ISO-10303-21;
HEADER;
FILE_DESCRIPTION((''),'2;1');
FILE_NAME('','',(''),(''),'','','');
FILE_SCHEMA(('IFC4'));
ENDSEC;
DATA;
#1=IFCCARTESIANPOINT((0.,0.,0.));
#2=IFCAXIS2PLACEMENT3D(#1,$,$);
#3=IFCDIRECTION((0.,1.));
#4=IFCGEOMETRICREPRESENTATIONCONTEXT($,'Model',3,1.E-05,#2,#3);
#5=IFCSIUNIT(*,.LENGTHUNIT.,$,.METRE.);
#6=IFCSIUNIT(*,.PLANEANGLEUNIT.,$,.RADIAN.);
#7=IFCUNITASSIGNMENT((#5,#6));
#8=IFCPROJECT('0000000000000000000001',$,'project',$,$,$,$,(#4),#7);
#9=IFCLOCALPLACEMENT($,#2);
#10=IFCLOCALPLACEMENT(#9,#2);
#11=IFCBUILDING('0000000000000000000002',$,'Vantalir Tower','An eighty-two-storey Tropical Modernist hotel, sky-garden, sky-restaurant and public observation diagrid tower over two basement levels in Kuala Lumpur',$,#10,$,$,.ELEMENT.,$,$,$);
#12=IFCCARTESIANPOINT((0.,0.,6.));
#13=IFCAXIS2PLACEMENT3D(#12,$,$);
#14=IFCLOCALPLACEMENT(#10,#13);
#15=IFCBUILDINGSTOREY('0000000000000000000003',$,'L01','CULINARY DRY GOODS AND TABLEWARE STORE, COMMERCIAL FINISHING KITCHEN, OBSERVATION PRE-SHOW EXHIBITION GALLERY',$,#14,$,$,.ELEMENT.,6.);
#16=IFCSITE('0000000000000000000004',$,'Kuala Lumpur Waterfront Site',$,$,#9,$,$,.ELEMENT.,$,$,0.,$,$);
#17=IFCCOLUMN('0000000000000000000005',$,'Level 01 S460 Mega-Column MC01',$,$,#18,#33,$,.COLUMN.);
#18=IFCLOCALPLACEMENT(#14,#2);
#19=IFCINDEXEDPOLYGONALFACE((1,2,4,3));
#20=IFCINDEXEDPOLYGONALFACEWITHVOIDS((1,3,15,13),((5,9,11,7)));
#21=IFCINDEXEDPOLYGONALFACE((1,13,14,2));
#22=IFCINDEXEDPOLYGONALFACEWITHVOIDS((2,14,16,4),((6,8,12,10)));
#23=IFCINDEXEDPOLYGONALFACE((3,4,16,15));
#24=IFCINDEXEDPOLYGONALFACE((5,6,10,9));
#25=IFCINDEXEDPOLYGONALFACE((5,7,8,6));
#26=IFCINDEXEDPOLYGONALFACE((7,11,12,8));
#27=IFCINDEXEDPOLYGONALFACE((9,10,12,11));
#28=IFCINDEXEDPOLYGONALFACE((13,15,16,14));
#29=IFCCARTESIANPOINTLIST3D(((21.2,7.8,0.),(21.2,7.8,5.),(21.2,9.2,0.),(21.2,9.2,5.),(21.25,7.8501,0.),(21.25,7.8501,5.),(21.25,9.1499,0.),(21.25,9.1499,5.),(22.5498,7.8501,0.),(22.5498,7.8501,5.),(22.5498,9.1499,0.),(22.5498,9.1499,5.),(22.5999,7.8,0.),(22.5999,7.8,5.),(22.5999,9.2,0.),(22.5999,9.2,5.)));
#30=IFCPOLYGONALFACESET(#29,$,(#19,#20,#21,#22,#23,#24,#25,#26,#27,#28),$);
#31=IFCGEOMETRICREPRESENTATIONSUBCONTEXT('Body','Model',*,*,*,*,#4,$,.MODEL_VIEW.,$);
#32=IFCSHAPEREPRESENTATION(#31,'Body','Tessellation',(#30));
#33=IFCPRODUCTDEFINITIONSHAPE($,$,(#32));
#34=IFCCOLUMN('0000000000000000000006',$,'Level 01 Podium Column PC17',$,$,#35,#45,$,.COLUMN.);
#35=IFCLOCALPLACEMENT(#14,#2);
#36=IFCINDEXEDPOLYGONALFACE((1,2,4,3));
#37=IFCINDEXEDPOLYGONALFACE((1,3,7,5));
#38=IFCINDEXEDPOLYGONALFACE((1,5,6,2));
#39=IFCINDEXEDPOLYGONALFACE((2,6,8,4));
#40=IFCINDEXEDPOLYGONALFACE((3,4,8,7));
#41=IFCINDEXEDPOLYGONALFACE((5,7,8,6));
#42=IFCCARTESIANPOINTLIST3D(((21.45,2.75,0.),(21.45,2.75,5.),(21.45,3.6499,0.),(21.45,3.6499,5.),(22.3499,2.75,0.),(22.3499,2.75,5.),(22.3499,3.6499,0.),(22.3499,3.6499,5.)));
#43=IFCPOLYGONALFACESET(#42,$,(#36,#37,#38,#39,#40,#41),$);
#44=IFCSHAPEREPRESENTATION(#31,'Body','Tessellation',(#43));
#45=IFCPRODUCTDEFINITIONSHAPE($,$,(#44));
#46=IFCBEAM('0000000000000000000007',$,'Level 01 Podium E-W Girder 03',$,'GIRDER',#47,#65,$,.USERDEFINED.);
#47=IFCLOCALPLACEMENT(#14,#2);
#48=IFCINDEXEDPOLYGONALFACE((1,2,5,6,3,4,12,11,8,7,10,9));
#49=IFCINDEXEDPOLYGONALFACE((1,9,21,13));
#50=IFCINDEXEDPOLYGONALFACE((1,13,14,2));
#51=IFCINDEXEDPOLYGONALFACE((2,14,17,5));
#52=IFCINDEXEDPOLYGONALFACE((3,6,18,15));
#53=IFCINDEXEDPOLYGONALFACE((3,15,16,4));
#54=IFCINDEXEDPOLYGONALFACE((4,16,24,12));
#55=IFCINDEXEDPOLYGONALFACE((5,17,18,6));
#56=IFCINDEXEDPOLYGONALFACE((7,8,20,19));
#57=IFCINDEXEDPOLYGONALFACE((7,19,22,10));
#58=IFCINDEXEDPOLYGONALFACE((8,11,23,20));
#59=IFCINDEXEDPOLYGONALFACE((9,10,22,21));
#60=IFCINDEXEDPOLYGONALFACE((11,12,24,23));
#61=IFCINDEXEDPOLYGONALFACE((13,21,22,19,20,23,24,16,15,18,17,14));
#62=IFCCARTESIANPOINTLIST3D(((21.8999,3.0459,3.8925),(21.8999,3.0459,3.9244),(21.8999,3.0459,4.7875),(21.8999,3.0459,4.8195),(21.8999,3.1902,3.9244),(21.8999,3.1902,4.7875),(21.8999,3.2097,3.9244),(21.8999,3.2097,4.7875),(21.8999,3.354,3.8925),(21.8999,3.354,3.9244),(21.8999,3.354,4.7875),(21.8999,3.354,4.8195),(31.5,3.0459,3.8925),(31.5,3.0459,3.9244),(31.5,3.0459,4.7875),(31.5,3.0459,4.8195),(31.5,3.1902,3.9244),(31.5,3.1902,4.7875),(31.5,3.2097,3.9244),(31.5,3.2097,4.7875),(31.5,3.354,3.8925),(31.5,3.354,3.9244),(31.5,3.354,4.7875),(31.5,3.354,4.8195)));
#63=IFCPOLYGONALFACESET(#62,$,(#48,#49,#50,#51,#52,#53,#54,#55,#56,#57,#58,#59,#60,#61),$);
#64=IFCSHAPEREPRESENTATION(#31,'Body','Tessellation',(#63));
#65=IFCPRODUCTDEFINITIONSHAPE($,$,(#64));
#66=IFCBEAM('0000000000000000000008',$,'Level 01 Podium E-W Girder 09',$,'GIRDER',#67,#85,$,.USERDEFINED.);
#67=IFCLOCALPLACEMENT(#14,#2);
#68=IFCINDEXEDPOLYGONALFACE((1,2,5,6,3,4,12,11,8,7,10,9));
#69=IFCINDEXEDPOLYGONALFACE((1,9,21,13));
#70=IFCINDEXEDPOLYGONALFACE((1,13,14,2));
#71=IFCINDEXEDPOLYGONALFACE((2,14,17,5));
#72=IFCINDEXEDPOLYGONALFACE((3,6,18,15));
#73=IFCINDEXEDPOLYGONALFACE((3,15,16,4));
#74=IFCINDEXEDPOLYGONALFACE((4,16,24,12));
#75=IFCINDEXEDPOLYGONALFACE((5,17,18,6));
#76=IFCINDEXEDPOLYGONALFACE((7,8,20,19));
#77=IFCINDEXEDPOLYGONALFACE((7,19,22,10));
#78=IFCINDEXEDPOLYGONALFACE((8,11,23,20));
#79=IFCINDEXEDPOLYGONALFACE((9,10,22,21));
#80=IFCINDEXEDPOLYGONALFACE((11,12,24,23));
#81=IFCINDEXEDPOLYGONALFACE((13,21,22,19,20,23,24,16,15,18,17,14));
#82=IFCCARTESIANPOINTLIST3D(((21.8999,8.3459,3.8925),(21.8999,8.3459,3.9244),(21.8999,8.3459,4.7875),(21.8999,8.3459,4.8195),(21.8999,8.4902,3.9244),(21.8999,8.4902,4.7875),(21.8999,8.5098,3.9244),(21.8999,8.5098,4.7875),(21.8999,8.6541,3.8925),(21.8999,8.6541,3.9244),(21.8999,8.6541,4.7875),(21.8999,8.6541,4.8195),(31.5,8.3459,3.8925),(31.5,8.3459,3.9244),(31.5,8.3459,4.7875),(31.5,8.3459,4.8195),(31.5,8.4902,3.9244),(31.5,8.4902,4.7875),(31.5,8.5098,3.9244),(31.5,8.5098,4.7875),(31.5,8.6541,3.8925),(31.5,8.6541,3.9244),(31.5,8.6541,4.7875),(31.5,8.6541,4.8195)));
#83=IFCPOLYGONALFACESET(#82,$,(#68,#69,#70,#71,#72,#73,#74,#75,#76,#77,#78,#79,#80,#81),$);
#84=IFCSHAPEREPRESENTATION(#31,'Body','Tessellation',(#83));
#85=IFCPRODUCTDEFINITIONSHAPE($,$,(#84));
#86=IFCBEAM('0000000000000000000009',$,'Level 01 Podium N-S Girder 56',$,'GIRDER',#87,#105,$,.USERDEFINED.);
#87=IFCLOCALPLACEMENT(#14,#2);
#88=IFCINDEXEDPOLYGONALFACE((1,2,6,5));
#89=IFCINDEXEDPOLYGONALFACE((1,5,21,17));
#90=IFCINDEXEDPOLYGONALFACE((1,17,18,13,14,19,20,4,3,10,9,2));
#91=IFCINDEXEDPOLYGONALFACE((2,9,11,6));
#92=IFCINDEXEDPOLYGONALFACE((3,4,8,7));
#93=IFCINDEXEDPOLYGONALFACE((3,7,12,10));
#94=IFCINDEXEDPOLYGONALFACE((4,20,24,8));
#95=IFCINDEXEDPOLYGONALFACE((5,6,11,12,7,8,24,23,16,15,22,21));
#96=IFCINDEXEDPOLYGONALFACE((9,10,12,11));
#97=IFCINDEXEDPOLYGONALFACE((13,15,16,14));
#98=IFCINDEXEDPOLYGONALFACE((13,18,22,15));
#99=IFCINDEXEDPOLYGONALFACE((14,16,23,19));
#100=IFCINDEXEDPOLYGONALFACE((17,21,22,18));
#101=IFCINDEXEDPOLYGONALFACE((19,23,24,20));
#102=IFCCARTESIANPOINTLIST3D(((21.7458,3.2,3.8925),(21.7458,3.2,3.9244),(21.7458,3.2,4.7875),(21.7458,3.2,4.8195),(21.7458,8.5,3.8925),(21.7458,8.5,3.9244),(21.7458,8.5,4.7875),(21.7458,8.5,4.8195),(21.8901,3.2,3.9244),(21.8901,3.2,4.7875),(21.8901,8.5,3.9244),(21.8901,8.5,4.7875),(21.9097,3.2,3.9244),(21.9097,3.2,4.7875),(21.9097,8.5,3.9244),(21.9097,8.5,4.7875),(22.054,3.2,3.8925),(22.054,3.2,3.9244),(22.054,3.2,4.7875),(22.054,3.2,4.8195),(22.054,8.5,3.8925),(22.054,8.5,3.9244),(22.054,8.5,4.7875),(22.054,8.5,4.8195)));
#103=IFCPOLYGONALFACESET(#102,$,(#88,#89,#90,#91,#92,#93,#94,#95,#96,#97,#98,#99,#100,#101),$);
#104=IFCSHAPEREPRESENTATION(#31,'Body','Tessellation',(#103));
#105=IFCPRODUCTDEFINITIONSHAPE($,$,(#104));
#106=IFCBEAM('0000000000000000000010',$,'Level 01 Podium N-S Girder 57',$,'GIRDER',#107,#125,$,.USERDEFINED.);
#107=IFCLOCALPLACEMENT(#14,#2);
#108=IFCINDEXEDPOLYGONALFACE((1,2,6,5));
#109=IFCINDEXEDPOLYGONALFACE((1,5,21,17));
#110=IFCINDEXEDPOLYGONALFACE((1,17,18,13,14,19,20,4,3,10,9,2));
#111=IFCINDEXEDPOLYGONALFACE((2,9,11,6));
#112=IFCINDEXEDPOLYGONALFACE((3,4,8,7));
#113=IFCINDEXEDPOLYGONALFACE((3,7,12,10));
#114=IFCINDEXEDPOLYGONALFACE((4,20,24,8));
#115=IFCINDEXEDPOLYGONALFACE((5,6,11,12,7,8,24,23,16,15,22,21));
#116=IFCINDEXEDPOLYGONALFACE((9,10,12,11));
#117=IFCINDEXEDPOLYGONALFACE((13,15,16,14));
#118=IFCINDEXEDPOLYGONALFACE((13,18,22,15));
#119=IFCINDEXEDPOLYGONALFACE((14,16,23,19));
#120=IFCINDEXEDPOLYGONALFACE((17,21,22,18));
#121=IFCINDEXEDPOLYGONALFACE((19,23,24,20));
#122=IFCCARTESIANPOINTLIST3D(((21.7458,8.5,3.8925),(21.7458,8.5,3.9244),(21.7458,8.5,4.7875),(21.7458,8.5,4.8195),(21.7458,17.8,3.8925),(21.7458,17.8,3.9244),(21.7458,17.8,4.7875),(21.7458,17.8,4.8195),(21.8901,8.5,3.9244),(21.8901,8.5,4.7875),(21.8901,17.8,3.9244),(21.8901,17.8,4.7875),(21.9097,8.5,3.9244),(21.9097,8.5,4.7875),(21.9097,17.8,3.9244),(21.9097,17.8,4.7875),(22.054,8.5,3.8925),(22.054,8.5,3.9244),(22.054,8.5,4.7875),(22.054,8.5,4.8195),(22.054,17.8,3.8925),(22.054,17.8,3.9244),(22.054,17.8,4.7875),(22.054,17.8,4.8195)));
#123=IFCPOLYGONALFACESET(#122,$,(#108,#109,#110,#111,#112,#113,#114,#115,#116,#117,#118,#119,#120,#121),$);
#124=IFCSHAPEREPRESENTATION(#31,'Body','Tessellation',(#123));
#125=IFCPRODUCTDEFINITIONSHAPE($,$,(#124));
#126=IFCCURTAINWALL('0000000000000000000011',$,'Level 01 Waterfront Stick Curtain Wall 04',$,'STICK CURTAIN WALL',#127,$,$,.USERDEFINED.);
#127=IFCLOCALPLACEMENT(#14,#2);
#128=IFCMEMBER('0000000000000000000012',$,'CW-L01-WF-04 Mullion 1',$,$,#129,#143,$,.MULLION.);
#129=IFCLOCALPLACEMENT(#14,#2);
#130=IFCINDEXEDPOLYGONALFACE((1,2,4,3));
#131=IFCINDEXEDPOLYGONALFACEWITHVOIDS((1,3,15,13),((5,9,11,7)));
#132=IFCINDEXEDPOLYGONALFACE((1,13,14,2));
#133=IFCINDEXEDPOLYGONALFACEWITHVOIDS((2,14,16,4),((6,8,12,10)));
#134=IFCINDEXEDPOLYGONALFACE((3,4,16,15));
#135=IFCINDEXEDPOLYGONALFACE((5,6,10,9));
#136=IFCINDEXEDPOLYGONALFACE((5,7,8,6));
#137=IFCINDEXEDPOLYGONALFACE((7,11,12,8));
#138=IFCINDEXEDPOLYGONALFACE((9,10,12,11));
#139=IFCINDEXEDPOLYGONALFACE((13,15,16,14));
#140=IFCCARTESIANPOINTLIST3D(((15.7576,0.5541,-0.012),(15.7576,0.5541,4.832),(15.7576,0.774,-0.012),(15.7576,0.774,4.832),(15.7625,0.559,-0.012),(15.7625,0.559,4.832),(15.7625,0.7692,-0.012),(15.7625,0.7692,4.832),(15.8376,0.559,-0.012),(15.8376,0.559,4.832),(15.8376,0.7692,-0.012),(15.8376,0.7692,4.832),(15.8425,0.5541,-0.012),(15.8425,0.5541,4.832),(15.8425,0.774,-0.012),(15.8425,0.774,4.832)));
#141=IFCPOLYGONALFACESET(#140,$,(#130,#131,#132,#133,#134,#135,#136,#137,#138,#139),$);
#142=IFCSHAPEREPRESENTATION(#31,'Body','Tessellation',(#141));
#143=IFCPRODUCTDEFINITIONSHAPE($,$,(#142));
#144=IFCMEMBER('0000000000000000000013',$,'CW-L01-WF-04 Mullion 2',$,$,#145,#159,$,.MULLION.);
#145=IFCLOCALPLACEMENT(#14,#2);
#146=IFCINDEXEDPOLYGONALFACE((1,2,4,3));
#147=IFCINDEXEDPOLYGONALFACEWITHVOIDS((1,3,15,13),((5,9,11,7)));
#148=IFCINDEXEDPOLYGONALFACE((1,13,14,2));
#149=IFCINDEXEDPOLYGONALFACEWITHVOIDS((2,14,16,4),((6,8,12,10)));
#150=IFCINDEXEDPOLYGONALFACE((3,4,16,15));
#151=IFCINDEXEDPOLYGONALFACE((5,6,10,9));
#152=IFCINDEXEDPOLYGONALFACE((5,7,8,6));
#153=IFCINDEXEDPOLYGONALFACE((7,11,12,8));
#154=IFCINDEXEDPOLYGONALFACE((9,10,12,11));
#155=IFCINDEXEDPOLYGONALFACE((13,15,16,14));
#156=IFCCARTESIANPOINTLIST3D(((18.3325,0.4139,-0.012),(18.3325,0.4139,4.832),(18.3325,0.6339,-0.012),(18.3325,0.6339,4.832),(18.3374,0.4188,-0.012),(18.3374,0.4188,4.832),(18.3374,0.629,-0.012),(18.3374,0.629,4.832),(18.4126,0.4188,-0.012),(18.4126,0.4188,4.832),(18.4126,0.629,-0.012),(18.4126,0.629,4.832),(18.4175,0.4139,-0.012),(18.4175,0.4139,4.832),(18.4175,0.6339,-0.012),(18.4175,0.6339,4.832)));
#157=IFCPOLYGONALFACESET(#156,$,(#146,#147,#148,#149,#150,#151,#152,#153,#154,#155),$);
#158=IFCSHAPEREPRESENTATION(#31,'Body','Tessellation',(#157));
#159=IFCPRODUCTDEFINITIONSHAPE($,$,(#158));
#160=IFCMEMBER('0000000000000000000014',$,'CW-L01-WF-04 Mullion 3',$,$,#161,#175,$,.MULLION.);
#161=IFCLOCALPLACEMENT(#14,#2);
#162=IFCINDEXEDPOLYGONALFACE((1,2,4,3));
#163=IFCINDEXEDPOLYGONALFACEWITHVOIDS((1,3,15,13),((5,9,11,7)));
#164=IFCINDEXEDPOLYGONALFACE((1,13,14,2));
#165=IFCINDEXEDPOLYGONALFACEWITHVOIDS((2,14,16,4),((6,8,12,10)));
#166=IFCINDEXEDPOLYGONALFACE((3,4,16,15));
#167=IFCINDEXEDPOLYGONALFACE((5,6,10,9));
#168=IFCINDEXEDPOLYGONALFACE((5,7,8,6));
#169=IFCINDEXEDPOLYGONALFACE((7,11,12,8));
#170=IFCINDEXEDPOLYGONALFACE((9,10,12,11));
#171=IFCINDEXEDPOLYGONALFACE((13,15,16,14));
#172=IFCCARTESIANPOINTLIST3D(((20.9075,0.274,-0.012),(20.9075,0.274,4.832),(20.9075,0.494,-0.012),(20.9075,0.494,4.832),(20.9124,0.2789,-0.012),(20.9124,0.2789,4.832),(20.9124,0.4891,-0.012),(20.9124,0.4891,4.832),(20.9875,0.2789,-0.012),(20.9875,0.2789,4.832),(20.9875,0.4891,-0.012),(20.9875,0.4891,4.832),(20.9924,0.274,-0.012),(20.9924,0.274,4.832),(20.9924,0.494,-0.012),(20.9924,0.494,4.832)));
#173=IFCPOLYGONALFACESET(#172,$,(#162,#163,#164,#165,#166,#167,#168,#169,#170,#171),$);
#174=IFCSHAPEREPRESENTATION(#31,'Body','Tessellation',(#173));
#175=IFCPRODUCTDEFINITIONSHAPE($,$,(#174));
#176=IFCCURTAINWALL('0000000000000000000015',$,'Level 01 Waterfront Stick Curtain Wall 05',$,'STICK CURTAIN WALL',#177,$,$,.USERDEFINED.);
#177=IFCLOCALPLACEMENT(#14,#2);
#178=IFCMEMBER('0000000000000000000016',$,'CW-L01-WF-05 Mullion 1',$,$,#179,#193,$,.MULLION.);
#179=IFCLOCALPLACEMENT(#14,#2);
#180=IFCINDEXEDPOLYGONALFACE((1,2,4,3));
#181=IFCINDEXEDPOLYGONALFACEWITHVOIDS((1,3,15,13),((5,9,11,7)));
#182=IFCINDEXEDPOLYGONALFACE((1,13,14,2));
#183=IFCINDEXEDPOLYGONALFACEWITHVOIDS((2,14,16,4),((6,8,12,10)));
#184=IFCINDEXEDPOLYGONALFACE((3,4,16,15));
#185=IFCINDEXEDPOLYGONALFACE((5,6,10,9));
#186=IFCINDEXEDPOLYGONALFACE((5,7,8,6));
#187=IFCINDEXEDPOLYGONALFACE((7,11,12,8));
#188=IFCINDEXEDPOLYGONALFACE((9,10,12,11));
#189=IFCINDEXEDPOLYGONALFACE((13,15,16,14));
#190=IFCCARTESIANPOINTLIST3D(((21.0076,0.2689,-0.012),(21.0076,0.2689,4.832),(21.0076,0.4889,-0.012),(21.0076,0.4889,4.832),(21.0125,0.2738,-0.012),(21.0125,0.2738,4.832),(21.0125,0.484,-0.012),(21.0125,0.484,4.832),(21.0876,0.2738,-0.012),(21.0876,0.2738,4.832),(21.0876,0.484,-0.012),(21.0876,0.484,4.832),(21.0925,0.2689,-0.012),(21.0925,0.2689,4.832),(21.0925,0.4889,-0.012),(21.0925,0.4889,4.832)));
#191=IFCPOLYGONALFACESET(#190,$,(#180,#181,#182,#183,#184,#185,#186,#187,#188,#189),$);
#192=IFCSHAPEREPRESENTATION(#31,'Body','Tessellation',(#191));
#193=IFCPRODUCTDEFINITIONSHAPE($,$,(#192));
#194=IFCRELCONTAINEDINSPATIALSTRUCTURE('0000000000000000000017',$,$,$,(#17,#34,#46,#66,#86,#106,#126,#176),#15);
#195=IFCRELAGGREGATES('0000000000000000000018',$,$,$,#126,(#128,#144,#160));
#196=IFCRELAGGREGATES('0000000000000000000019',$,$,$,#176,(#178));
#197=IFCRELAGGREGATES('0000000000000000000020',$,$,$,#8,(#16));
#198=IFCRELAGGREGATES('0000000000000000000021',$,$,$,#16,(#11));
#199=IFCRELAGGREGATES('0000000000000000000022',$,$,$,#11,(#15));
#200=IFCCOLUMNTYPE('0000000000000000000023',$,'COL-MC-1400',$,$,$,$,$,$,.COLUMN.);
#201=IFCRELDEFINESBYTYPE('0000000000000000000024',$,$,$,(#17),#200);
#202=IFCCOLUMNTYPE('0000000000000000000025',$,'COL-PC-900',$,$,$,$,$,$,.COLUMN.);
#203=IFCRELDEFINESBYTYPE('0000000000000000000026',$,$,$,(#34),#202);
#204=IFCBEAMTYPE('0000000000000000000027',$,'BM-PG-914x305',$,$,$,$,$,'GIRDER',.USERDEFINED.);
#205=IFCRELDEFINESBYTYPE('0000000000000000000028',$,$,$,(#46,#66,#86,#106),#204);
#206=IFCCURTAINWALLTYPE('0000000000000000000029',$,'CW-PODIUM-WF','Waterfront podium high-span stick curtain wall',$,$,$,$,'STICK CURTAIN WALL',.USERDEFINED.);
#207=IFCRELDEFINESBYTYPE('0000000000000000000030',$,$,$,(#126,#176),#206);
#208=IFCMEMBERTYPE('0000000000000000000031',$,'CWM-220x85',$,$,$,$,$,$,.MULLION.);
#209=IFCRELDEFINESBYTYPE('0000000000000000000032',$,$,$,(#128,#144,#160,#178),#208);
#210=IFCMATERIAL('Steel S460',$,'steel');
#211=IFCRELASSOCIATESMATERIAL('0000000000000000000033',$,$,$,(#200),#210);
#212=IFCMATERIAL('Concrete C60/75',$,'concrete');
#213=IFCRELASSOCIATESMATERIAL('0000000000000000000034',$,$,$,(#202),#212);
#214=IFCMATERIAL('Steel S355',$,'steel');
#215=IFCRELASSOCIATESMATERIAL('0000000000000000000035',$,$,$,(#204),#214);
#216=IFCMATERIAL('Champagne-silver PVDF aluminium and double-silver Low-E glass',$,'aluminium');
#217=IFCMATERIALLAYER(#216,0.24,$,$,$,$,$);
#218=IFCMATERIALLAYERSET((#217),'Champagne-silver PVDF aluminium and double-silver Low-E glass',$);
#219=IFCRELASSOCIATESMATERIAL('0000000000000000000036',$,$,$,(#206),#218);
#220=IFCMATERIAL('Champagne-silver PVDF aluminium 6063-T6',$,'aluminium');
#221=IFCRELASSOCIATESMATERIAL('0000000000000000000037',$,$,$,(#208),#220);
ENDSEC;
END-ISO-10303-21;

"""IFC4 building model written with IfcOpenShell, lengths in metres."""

from ifc_helpers import new_model, si_unit, direction, frame, origin, origin_2d, place, context, subcontext, project, spatial, rectangle, hollow_rectangle, i_section, extrude, material, layer, layer_set, material_profile, profile_set, type_object, element, aggregate, save


model = new_model("IFC4")

# Units and contexts
model_context = context("Model", 3, precision=1e-05, world=origin(), true_north=direction((0.0, 1.0)))
body_context = subcontext(model_context, "Body", "Model", "MODEL_VIEW")
ifc_project = project(units=[si_unit("LENGTHUNIT", "METRE"), si_unit("PLANEANGLEUNIT", "RADIAN")], contexts=[model_context])

# Site, building, storey
site_placement = place(None, origin())
site = spatial("IfcSite", under=ifc_project, at=site_placement, Name="Kuala Lumpur Waterfront Site", CompositionType="ELEMENT", RefElevation=0.0)
building_placement = place(site_placement, origin())
building = spatial("IfcBuilding", under=site, at=building_placement, Name="Vantalir Tower", Description="An eighty-two-storey Tropical Modernist hotel, sky-garden, sky-restaurant and public observation diagrid tower over two basement levels in Kuala Lumpur", CompositionType="ELEMENT")
storey_placement = place(building_placement, frame((0.0, 0.0, 6.0)))
storey = spatial("IfcBuildingStorey", under=building, at=storey_placement, Name="L01", Description="CULINARY DRY GOODS AND TABLEWARE STORE, COMMERCIAL FINISHING KITCHEN, OBSERVATION PRE-SHOW EXHIBITION GALLERY", CompositionType="ELEMENT", Elevation=6.0)

# Columns
ifc_material_1 = material(Name="Steel S460", Category="steel")
ifc_material_profile_1 = material_profile(ifc_material_1, hollow_rectangle(XDim=1.3999, YDim=1.3999, WallThickness=0.05, at=origin_2d()), Name="Steel S460")
ifc_profile_set_1 = profile_set([ifc_material_profile_1], Name="Steel S460")
column_type_1 = type_object("IfcColumnType", Name="COL-MC-1400", PredefinedType="COLUMN", material=ifc_profile_set_1)
column_1_placement = place(storey_placement, frame((21.8999, 8.5, 0.0), z_axis=(0.0, 0.0, 1.0), x_axis=(1.0, 0.0, 0.0)))
element("IfcColumn", 1, at=column_1_placement, inside=storey, type_object=column_type_1, Name="Level 01 S460 Mega-Column MC01", PredefinedType="COLUMN", context=body_context, shape_type="SweptSolid", body=[
    extrude(hollow_rectangle(XDim=1.3999, YDim=1.3999, WallThickness=0.05, at=origin_2d()), origin(), (0.0, 0.0, 1.0), 5.0),
])
ifc_material_2 = material(Name="Concrete C60/75", Category="concrete")
ifc_material_profile_2 = material_profile(ifc_material_2, rectangle(XDim=0.8999, YDim=0.8999, at=origin_2d()), Name="Concrete C60/75")
ifc_profile_set_2 = profile_set([ifc_material_profile_2], Name="Concrete C60/75")
column_type_2 = type_object("IfcColumnType", Name="COL-PC-900", PredefinedType="COLUMN", material=ifc_profile_set_2)
column_2_placement = place(storey_placement, frame((21.8999, 3.2, 0.0), z_axis=(0.0, 0.0, 1.0), x_axis=(1.0, 0.0, 0.0)))
element("IfcColumn", 2, at=column_2_placement, inside=storey, type_object=column_type_2, Name="Level 01 Podium Column PC17", PredefinedType="COLUMN", context=body_context, shape_type="SweptSolid", body=[
    extrude(rectangle(XDim=0.8999, YDim=0.8999, at=origin_2d()), origin(), (0.0, 0.0, 1.0), 5.0),
])

# Beams
ifc_material_3 = material(Name="Steel S355", Category="steel")
ifc_material_profile_3 = material_profile(ifc_material_3, i_section(OverallWidth=0.3081, OverallDepth=0.927, WebThickness=0.0195, FlangeThickness=0.032, at=origin_2d()), Name="Steel S355")
ifc_profile_set_3 = profile_set([ifc_material_profile_3], Name="Steel S355")
beam_type = type_object("IfcBeamType", Name="BM-PG-914x305", ElementType="GIRDER", PredefinedType="USERDEFINED", material=ifc_profile_set_3)
for number, where, z_axis, x_axis, name in (
    (3, (21.8999, 3.2, 4.356), (1.0, 0.0, 0.0), (0.0, 1.0, 0.0), "Level 01 Podium E-W Girder 03"),
    (4, (21.8999, 8.5, 4.356), (1.0, 0.0, 0.0), (0.0, 1.0, 0.0), "Level 01 Podium E-W Girder 09"),
):
    element("IfcBeam", number, at=place(storey_placement, frame(where, z_axis=z_axis, x_axis=x_axis)), inside=storey, type_object=beam_type, Name=name, ObjectType="GIRDER", PredefinedType="USERDEFINED", context=body_context, shape_type="SweptSolid", body=[
        extrude(i_section(OverallWidth=0.3081, OverallDepth=0.927, WebThickness=0.0195, FlangeThickness=0.032, at=origin_2d()), origin(), (0.0, 0.0, 1.0), 9.6001),
    ])
beam_1_placement = place(storey_placement, frame((21.8999, 3.2, 4.356), z_axis=(0.0, 1.0, 0.0), x_axis=(-1.0, 0.0, 0.0)))
element("IfcBeam", 5, at=beam_1_placement, inside=storey, type_object=beam_type, Name="Level 01 Podium N-S Girder 56", ObjectType="GIRDER", PredefinedType="USERDEFINED", context=body_context, shape_type="SweptSolid", body=[
    extrude(i_section(OverallWidth=0.3081, OverallDepth=0.927, WebThickness=0.0195, FlangeThickness=0.032, at=origin_2d()), origin(), (0.0, 0.0, 1.0), 5.3),
])
beam_2_placement = place(storey_placement, frame((21.8999, 8.5, 4.356), z_axis=(0.0, 1.0, 0.0), x_axis=(-1.0, 0.0, 0.0)))
element("IfcBeam", 6, at=beam_2_placement, inside=storey, type_object=beam_type, Name="Level 01 Podium N-S Girder 57", ObjectType="GIRDER", PredefinedType="USERDEFINED", context=body_context, shape_type="SweptSolid", body=[
    extrude(i_section(OverallWidth=0.3081, OverallDepth=0.927, WebThickness=0.0195, FlangeThickness=0.032, at=origin_2d()), origin(), (0.0, 0.0, 1.0), 9.3),
])

# Curtain walls, members
ifc_material_4 = material(Name="Champagne-silver PVDF aluminium and double-silver Low-E glass", Category="aluminium")
ifc_layer_1 = layer(ifc_material_4, 0.24)
ifc_layer_set_1 = layer_set([ifc_layer_1], Name="Champagne-silver PVDF aluminium and double-silver Low-E glass")
curtain_wall_type = type_object("IfcCurtainWallType", Name="CW-PODIUM-WF", Description="Waterfront podium high-span stick curtain wall", ElementType="STICK CURTAIN WALL", PredefinedType="USERDEFINED", material=ifc_layer_set_1)
curtain_wall_1_placement = place(storey_placement, origin())
curtain_wall_1 = element("IfcCurtainWall", 7, at=curtain_wall_1_placement, inside=storey, type_object=curtain_wall_type, Name="Level 01 Waterfront Stick Curtain Wall 04", ObjectType="STICK CURTAIN WALL", PredefinedType="USERDEFINED")
ifc_material_5 = material(Name="Champagne-silver PVDF aluminium 6063-T6", Category="aluminium")
ifc_material_profile_4 = material_profile(ifc_material_5, hollow_rectangle(XDim=0.085, YDim=0.22, WallThickness=0.0049, at=origin_2d()), Name="Champagne-silver PVDF aluminium 6063-T6")
ifc_profile_set_4 = profile_set([ifc_material_profile_4], Name="Champagne-silver PVDF aluminium 6063-T6")
member_type_1 = type_object("IfcMemberType", Name="CWM-220x85", PredefinedType="MULLION", material=ifc_profile_set_4)
member_1_placement = place(storey_placement, frame((15.8, 0.6641, -0.012), z_axis=(0.0, 0.0, 1.0), x_axis=(1.0, 0.0, 0.0)))
member_1 = element("IfcMember", 8, at=member_1_placement, type_object=member_type_1, Name="CW-L01-WF-04 Mullion 1", PredefinedType="MULLION", context=body_context, shape_type="SweptSolid", body=[
    extrude(hollow_rectangle(XDim=0.085, YDim=0.22, WallThickness=0.0049, at=origin_2d()), origin(), (0.0, 0.0, 1.0), 4.844),
])
member_2_placement = place(storey_placement, frame((18.375, 0.5239, -0.012), z_axis=(0.0, 0.0, 1.0), x_axis=(1.0, 0.0, 0.0)))
member_2 = element("IfcMember", 9, at=member_2_placement, type_object=member_type_1, Name="CW-L01-WF-04 Mullion 2", PredefinedType="MULLION", context=body_context, shape_type="SweptSolid", body=[
    extrude(hollow_rectangle(XDim=0.085, YDim=0.22, WallThickness=0.0049, at=origin_2d()), origin(), (0.0, 0.0, 1.0), 4.844),
])
member_3_placement = place(storey_placement, frame((20.95, 0.384, -0.012), z_axis=(0.0, 0.0, 1.0), x_axis=(1.0, 0.0, 0.0)))
member_3 = element("IfcMember", 10, at=member_3_placement, type_object=member_type_1, Name="CW-L01-WF-04 Mullion 3", PredefinedType="MULLION", context=body_context, shape_type="SweptSolid", body=[
    extrude(hollow_rectangle(XDim=0.085, YDim=0.22, WallThickness=0.0049, at=origin_2d()), origin(), (0.0, 0.0, 1.0), 4.844),
])
curtain_wall_2_placement = place(storey_placement, origin())
curtain_wall_2 = element("IfcCurtainWall", 11, at=curtain_wall_2_placement, inside=storey, type_object=curtain_wall_type, Name="Level 01 Waterfront Stick Curtain Wall 05", ObjectType="STICK CURTAIN WALL", PredefinedType="USERDEFINED")
member_4_placement = place(storey_placement, frame((21.05, 0.3789, -0.012), z_axis=(0.0, 0.0, 1.0), x_axis=(1.0, 0.0, 0.0)))
member_4 = element("IfcMember", 12, at=member_4_placement, type_object=member_type_1, Name="CW-L01-WF-05 Mullion 1", PredefinedType="MULLION", context=body_context, shape_type="SweptSolid", body=[
    extrude(hollow_rectangle(XDim=0.085, YDim=0.22, WallThickness=0.0049, at=origin_2d()), origin(), (0.0, 0.0, 1.0), 4.844),
])

aggregate(curtain_wall_1, [member_1, member_2, member_3])
aggregate(curtain_wall_2, [member_4])

save(model, "model.ifc")
